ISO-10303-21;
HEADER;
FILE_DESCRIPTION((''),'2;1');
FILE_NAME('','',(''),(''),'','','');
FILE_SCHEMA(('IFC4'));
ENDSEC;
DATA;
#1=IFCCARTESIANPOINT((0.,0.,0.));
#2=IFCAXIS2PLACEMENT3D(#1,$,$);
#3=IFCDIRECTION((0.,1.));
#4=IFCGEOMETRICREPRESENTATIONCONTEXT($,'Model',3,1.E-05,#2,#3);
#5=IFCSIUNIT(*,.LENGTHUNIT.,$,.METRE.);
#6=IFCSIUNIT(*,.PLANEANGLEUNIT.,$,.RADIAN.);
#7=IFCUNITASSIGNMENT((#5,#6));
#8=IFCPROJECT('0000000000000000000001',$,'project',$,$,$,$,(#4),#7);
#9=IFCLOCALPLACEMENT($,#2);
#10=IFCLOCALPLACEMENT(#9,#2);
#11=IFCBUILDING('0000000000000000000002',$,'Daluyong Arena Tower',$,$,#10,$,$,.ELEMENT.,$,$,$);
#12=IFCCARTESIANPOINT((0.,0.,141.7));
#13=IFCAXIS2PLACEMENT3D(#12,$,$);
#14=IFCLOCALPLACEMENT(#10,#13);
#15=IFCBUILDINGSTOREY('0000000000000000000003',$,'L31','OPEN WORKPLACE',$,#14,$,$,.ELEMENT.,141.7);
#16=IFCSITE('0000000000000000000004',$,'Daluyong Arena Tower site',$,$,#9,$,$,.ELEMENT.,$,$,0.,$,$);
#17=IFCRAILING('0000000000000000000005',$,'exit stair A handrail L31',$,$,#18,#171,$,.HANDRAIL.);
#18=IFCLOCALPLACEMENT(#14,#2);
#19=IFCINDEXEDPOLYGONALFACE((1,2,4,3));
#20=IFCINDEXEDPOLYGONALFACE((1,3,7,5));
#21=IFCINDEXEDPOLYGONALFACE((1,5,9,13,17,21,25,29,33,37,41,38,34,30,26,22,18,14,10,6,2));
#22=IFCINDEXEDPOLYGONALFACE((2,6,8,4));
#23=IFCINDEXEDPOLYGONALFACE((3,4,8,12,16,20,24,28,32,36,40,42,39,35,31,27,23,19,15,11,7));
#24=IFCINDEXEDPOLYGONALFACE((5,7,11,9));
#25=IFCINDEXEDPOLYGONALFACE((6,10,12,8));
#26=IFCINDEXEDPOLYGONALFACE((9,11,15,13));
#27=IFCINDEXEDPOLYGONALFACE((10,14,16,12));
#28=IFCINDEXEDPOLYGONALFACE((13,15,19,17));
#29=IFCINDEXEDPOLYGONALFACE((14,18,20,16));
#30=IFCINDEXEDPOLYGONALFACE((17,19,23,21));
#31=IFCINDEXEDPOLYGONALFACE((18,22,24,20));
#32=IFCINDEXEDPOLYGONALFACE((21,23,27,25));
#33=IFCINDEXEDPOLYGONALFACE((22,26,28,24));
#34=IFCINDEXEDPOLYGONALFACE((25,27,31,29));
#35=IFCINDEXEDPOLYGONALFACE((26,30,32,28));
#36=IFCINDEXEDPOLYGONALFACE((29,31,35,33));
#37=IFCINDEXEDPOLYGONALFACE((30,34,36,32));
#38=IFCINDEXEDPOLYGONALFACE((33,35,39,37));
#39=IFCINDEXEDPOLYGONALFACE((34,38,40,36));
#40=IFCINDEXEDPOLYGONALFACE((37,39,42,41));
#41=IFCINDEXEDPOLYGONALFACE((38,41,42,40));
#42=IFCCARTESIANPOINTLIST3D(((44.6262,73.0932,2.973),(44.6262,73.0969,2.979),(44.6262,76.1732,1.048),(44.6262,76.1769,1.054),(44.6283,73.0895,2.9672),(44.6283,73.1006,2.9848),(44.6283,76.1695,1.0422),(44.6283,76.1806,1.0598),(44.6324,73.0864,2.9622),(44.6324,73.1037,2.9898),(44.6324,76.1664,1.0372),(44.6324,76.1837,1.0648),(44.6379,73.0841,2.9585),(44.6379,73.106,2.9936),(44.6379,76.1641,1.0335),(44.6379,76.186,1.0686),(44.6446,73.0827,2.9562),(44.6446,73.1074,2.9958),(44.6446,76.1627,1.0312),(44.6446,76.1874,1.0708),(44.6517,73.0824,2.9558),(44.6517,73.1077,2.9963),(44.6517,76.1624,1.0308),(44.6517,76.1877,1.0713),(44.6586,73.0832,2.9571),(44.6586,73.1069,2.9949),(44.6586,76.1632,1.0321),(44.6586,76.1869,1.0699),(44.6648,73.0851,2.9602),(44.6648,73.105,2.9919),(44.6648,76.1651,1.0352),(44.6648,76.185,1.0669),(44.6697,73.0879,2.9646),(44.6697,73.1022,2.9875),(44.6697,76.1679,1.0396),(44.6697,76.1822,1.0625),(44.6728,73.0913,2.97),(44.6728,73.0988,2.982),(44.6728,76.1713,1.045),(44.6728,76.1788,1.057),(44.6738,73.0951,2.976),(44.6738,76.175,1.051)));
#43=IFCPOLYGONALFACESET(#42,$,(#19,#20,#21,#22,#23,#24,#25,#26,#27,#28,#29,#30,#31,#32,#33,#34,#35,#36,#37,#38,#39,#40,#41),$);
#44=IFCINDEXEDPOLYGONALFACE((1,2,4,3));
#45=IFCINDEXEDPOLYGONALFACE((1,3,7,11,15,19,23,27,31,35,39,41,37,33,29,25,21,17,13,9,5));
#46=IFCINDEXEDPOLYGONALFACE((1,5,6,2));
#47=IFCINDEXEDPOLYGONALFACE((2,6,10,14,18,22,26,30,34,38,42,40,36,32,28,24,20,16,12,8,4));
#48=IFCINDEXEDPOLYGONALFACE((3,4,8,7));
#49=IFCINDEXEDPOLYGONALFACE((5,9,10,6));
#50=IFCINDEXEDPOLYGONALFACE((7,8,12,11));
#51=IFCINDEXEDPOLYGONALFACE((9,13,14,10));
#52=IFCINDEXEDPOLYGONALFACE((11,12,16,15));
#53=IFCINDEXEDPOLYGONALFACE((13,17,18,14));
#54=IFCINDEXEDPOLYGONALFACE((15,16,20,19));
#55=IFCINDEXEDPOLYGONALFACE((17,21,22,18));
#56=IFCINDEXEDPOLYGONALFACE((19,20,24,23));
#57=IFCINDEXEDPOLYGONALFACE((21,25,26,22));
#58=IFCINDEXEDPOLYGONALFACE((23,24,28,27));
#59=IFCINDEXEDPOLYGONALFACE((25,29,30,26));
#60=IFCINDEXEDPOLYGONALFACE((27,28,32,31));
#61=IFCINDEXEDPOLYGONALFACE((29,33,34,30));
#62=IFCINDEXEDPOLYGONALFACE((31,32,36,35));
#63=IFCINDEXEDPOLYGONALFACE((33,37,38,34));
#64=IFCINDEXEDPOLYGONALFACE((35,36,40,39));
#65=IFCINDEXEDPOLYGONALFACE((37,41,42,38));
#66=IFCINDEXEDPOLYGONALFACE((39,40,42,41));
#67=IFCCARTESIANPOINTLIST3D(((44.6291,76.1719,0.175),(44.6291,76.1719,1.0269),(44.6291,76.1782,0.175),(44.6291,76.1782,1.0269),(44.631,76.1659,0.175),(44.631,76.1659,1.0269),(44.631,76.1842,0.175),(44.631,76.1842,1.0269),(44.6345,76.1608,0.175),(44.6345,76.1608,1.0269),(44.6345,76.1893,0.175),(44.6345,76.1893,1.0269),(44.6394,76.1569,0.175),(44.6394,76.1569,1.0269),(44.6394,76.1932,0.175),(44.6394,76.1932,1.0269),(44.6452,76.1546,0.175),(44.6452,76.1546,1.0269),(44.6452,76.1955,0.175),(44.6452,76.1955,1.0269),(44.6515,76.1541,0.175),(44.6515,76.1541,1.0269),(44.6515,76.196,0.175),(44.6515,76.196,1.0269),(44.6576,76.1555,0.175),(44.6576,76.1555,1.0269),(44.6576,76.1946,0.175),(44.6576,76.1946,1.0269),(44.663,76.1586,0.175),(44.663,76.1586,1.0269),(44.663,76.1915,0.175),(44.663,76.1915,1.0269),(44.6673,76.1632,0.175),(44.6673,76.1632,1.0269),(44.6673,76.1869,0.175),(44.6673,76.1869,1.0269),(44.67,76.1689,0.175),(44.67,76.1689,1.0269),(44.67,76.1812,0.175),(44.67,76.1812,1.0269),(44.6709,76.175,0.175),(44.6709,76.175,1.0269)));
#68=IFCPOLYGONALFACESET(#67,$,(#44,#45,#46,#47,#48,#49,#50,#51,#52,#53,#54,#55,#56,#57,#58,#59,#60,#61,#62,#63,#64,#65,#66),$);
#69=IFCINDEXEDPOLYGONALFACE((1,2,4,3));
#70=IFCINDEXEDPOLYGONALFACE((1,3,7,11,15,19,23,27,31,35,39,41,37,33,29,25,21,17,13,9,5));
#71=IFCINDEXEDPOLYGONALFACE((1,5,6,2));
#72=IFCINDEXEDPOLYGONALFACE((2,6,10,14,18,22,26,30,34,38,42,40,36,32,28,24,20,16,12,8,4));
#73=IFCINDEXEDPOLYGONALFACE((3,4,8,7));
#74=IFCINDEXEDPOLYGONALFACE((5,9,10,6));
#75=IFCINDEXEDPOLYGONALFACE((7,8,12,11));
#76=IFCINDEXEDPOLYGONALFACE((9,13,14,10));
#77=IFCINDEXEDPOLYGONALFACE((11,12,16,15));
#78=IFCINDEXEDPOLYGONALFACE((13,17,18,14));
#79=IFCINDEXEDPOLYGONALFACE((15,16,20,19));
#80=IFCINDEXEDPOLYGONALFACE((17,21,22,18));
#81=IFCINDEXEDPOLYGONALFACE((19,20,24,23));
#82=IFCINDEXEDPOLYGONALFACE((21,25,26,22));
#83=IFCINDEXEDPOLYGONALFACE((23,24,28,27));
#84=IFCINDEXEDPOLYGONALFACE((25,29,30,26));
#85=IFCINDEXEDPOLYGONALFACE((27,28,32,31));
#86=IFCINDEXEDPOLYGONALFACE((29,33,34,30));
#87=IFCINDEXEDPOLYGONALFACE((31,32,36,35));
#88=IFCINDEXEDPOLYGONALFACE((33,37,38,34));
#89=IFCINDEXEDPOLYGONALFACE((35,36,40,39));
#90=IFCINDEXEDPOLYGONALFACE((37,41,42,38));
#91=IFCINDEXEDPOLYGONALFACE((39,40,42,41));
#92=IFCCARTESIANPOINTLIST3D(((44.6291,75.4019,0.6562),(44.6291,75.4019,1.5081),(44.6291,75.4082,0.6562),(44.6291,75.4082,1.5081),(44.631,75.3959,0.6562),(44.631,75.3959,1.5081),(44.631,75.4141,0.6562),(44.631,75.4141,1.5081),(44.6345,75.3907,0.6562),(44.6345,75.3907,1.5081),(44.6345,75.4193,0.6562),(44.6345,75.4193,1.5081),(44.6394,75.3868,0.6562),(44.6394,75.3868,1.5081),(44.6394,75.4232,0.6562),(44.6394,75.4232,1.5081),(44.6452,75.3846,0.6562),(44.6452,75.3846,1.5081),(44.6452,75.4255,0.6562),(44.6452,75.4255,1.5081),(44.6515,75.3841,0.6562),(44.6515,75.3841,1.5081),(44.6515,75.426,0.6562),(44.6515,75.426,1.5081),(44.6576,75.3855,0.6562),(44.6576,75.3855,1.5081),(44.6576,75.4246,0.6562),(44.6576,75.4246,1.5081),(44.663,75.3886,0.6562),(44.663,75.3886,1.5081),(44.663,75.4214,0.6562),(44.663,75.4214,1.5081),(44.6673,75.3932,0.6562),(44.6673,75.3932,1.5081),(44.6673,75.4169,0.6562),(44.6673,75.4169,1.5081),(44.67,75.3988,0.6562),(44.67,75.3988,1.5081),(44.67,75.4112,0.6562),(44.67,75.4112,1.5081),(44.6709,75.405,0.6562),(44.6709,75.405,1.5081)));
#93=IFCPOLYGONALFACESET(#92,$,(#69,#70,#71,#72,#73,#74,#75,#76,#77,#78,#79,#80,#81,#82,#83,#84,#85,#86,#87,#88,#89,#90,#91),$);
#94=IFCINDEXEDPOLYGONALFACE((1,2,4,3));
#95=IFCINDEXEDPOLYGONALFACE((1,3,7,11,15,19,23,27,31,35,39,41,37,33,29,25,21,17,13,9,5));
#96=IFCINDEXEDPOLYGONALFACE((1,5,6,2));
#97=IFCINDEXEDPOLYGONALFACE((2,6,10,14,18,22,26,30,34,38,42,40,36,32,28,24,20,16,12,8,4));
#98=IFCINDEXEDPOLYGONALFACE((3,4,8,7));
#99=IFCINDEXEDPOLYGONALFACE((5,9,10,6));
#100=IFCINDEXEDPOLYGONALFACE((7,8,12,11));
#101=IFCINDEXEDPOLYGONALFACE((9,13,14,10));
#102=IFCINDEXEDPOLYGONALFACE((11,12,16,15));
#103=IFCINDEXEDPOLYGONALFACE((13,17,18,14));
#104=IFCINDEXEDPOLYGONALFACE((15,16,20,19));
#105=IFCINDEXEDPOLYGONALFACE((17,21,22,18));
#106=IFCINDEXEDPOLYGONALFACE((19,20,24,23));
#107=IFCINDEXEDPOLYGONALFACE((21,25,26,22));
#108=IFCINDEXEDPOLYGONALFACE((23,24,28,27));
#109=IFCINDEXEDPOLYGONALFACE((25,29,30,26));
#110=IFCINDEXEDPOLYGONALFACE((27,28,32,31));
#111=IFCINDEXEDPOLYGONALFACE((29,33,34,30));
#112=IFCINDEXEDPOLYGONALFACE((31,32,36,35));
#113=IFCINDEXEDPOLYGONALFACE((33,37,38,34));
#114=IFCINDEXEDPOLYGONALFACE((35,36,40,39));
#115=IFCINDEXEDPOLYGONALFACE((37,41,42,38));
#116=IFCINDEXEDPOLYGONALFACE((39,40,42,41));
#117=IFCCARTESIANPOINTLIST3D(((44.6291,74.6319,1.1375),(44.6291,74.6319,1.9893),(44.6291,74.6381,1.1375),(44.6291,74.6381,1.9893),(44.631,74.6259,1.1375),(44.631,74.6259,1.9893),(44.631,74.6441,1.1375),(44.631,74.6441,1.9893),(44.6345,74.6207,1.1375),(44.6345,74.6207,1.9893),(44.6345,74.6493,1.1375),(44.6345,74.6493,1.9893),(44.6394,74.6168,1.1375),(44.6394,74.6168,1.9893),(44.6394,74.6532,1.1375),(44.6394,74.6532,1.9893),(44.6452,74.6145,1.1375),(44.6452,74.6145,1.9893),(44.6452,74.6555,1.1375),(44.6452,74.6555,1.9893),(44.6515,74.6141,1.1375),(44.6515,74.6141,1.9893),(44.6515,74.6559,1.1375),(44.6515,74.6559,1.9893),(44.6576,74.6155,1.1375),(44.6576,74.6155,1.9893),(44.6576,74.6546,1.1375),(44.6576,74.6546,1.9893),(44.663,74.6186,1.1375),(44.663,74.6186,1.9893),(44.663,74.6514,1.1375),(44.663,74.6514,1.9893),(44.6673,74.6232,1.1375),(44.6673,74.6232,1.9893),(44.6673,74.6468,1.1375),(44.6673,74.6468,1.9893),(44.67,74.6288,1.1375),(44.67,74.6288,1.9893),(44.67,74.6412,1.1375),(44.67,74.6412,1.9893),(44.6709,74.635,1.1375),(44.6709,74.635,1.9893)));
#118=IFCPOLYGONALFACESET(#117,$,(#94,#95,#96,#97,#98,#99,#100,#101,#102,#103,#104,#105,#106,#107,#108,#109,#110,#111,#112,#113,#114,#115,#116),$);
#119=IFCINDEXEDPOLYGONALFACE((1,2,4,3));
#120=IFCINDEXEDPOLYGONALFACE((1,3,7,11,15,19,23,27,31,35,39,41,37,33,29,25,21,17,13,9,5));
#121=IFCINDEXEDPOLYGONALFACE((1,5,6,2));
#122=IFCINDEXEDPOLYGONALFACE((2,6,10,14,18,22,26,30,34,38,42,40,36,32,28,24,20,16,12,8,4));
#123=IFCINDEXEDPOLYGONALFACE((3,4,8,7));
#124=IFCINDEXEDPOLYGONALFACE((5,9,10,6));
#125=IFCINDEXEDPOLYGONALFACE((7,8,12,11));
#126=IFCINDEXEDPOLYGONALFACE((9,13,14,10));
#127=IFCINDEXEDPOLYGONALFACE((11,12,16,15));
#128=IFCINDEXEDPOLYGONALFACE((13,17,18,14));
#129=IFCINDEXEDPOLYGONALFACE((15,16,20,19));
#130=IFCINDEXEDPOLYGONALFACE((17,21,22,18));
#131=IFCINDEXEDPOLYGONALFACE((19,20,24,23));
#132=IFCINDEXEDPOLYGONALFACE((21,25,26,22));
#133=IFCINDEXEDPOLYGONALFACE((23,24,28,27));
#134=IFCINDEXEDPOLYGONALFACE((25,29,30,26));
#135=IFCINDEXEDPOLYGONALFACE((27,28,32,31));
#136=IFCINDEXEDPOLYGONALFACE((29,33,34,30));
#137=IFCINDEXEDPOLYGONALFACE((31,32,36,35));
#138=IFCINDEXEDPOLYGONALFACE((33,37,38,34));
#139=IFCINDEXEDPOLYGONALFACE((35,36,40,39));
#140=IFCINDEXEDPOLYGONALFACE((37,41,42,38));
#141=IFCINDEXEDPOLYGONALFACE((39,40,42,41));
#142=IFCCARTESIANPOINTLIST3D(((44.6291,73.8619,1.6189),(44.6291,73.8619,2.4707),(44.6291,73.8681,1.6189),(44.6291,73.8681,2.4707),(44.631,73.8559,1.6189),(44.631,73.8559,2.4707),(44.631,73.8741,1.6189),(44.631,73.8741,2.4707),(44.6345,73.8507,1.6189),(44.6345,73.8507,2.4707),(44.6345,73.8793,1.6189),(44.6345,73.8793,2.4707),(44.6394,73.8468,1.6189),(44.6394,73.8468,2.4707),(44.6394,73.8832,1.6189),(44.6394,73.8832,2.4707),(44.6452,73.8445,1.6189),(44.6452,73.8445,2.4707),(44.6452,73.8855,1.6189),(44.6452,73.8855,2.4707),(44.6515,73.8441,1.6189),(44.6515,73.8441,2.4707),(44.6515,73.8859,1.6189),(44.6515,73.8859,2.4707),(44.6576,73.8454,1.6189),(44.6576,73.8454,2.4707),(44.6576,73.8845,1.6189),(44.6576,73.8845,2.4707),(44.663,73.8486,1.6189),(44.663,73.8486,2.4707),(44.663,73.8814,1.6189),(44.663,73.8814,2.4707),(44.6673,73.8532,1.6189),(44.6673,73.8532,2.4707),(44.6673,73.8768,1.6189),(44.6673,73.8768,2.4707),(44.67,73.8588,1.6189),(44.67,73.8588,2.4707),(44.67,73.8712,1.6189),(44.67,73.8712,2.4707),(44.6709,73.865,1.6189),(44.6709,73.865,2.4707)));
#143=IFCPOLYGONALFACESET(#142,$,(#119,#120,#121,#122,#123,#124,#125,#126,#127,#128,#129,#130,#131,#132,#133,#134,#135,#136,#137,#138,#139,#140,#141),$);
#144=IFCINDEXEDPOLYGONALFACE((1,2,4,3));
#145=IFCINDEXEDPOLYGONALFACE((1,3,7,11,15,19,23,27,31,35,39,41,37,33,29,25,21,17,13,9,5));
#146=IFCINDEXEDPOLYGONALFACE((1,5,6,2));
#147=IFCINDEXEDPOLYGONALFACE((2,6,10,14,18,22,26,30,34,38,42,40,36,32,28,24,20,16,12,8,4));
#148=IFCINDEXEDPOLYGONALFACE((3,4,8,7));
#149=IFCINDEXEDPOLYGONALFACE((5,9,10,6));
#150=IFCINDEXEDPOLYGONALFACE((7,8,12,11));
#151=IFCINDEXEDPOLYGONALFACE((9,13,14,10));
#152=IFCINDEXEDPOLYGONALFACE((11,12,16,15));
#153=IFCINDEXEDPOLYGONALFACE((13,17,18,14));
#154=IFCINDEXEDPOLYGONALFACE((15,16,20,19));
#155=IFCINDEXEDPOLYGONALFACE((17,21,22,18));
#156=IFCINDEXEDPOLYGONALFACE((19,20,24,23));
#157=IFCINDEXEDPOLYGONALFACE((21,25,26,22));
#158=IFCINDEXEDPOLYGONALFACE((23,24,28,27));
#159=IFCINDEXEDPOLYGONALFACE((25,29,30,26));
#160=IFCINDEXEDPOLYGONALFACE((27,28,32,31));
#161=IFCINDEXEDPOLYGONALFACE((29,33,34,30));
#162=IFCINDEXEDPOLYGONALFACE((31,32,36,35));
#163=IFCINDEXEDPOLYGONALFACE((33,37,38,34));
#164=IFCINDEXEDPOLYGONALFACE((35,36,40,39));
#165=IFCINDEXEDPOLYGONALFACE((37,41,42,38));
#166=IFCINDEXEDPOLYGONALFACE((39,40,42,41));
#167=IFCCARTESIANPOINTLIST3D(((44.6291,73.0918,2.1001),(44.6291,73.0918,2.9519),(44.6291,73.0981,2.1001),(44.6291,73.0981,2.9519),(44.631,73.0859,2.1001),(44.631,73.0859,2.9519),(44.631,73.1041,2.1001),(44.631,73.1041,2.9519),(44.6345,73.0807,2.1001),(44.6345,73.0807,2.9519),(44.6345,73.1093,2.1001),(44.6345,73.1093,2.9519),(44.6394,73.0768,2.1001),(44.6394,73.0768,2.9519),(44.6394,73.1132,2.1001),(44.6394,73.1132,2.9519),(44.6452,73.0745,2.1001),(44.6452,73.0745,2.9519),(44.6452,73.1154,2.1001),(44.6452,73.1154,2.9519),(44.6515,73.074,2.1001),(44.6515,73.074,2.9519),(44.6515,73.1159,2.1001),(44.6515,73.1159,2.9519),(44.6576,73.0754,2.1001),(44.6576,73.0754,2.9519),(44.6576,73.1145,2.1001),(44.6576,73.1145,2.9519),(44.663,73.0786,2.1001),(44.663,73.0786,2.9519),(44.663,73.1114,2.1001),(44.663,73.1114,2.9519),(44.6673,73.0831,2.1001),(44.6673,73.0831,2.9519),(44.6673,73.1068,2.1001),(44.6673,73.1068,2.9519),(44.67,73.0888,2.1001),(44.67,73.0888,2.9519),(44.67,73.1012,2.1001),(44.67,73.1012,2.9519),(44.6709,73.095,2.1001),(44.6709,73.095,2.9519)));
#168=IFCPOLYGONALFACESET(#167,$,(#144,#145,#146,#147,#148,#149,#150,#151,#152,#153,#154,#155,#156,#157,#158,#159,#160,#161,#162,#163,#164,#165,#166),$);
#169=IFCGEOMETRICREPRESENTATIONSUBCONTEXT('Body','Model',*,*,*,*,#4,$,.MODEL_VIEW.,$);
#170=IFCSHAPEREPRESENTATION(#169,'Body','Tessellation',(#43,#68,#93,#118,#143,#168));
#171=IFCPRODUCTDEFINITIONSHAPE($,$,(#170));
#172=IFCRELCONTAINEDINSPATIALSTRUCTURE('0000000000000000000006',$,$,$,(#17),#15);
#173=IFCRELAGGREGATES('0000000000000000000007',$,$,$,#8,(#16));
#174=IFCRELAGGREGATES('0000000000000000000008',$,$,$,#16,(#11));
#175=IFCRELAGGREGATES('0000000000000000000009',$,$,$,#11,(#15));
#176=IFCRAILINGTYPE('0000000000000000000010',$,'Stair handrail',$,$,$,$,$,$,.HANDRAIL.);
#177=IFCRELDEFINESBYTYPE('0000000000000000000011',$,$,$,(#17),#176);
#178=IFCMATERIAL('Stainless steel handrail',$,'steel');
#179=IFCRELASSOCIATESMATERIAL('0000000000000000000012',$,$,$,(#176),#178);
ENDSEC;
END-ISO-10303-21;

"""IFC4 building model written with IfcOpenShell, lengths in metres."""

from ifc_helpers import new_model, si_unit, direction, frame, origin, origin_2d, place, context, subcontext, project, spatial, circle, extrude, material, type_object, element, save


model = new_model("IFC4")

# Units and contexts
model_context = context("Model", 3, precision=1e-05, world=origin(), true_north=direction((0.0, 1.0)))
body_context = subcontext(model_context, "Body", "Model", "MODEL_VIEW")
ifc_project = project(units=[si_unit("LENGTHUNIT", "METRE"), si_unit("PLANEANGLEUNIT", "RADIAN")], contexts=[model_context])

# Site, building, storey
site_placement = place(None, origin())
site = spatial("IfcSite", under=ifc_project, at=site_placement, Name="Daluyong Arena Tower site", CompositionType="ELEMENT", RefElevation=0.0)
building_placement = place(site_placement, origin())
building = spatial("IfcBuilding", under=site, at=building_placement, Name="Daluyong Arena Tower", CompositionType="ELEMENT")
storey_placement = place(building_placement, frame((0.0, 0.0, 141.7)))
storey = spatial("IfcBuildingStorey", under=building, at=storey_placement, Name="L31", Description="OPEN WORKPLACE", CompositionType="ELEMENT", Elevation=141.7)

# Railing
ifc_material_1 = material(Name="Stainless steel handrail", Category="steel")
railing_type_1 = type_object("IfcRailingType", Name="Stair handrail", PredefinedType="HANDRAIL", material=ifc_material_1)
railing_1_placement = place(storey_placement, frame((44.6499, 76.175, 0.175)))
element("IfcRailing", 1, at=railing_1_placement, inside=storey, type_object=railing_type_1, Name="exit stair A handrail L31", PredefinedType="HANDRAIL", context=body_context, shape_type="SweptSolid", body=[
    extrude(circle(Radius=0.0239, at=origin_2d()), frame((0.0, 0.0, 0.876), z_axis=(0.0, -0.847998, 0.529999), x_axis=(1.0, 0.0, 0.0)), (0.0, 0.0, 1.0), 3.6321),
    extrude(circle(Radius=0.021, at=origin_2d()), origin(), (0.0, 0.0, 1.0), 0.8518),
    extrude(circle(Radius=0.021, at=origin_2d()), frame((0.0, -0.77, 0.4812)), (0.0, 0.0, 1.0), 0.8518),
    extrude(circle(Radius=0.021, at=origin_2d()), frame((0.0, -1.54, 0.9624)), (0.0, 0.0, 1.0), 0.8518),
    extrude(circle(Radius=0.021, at=origin_2d()), frame((0.0, -2.3101, 1.4438)), (0.0, 0.0, 1.0), 0.8518),
    extrude(circle(Radius=0.021, at=origin_2d()), frame((0.0, -3.0801, 1.925)), (0.0, 0.0, 1.0), 0.8518),
])

save(model, "model.ifc")
